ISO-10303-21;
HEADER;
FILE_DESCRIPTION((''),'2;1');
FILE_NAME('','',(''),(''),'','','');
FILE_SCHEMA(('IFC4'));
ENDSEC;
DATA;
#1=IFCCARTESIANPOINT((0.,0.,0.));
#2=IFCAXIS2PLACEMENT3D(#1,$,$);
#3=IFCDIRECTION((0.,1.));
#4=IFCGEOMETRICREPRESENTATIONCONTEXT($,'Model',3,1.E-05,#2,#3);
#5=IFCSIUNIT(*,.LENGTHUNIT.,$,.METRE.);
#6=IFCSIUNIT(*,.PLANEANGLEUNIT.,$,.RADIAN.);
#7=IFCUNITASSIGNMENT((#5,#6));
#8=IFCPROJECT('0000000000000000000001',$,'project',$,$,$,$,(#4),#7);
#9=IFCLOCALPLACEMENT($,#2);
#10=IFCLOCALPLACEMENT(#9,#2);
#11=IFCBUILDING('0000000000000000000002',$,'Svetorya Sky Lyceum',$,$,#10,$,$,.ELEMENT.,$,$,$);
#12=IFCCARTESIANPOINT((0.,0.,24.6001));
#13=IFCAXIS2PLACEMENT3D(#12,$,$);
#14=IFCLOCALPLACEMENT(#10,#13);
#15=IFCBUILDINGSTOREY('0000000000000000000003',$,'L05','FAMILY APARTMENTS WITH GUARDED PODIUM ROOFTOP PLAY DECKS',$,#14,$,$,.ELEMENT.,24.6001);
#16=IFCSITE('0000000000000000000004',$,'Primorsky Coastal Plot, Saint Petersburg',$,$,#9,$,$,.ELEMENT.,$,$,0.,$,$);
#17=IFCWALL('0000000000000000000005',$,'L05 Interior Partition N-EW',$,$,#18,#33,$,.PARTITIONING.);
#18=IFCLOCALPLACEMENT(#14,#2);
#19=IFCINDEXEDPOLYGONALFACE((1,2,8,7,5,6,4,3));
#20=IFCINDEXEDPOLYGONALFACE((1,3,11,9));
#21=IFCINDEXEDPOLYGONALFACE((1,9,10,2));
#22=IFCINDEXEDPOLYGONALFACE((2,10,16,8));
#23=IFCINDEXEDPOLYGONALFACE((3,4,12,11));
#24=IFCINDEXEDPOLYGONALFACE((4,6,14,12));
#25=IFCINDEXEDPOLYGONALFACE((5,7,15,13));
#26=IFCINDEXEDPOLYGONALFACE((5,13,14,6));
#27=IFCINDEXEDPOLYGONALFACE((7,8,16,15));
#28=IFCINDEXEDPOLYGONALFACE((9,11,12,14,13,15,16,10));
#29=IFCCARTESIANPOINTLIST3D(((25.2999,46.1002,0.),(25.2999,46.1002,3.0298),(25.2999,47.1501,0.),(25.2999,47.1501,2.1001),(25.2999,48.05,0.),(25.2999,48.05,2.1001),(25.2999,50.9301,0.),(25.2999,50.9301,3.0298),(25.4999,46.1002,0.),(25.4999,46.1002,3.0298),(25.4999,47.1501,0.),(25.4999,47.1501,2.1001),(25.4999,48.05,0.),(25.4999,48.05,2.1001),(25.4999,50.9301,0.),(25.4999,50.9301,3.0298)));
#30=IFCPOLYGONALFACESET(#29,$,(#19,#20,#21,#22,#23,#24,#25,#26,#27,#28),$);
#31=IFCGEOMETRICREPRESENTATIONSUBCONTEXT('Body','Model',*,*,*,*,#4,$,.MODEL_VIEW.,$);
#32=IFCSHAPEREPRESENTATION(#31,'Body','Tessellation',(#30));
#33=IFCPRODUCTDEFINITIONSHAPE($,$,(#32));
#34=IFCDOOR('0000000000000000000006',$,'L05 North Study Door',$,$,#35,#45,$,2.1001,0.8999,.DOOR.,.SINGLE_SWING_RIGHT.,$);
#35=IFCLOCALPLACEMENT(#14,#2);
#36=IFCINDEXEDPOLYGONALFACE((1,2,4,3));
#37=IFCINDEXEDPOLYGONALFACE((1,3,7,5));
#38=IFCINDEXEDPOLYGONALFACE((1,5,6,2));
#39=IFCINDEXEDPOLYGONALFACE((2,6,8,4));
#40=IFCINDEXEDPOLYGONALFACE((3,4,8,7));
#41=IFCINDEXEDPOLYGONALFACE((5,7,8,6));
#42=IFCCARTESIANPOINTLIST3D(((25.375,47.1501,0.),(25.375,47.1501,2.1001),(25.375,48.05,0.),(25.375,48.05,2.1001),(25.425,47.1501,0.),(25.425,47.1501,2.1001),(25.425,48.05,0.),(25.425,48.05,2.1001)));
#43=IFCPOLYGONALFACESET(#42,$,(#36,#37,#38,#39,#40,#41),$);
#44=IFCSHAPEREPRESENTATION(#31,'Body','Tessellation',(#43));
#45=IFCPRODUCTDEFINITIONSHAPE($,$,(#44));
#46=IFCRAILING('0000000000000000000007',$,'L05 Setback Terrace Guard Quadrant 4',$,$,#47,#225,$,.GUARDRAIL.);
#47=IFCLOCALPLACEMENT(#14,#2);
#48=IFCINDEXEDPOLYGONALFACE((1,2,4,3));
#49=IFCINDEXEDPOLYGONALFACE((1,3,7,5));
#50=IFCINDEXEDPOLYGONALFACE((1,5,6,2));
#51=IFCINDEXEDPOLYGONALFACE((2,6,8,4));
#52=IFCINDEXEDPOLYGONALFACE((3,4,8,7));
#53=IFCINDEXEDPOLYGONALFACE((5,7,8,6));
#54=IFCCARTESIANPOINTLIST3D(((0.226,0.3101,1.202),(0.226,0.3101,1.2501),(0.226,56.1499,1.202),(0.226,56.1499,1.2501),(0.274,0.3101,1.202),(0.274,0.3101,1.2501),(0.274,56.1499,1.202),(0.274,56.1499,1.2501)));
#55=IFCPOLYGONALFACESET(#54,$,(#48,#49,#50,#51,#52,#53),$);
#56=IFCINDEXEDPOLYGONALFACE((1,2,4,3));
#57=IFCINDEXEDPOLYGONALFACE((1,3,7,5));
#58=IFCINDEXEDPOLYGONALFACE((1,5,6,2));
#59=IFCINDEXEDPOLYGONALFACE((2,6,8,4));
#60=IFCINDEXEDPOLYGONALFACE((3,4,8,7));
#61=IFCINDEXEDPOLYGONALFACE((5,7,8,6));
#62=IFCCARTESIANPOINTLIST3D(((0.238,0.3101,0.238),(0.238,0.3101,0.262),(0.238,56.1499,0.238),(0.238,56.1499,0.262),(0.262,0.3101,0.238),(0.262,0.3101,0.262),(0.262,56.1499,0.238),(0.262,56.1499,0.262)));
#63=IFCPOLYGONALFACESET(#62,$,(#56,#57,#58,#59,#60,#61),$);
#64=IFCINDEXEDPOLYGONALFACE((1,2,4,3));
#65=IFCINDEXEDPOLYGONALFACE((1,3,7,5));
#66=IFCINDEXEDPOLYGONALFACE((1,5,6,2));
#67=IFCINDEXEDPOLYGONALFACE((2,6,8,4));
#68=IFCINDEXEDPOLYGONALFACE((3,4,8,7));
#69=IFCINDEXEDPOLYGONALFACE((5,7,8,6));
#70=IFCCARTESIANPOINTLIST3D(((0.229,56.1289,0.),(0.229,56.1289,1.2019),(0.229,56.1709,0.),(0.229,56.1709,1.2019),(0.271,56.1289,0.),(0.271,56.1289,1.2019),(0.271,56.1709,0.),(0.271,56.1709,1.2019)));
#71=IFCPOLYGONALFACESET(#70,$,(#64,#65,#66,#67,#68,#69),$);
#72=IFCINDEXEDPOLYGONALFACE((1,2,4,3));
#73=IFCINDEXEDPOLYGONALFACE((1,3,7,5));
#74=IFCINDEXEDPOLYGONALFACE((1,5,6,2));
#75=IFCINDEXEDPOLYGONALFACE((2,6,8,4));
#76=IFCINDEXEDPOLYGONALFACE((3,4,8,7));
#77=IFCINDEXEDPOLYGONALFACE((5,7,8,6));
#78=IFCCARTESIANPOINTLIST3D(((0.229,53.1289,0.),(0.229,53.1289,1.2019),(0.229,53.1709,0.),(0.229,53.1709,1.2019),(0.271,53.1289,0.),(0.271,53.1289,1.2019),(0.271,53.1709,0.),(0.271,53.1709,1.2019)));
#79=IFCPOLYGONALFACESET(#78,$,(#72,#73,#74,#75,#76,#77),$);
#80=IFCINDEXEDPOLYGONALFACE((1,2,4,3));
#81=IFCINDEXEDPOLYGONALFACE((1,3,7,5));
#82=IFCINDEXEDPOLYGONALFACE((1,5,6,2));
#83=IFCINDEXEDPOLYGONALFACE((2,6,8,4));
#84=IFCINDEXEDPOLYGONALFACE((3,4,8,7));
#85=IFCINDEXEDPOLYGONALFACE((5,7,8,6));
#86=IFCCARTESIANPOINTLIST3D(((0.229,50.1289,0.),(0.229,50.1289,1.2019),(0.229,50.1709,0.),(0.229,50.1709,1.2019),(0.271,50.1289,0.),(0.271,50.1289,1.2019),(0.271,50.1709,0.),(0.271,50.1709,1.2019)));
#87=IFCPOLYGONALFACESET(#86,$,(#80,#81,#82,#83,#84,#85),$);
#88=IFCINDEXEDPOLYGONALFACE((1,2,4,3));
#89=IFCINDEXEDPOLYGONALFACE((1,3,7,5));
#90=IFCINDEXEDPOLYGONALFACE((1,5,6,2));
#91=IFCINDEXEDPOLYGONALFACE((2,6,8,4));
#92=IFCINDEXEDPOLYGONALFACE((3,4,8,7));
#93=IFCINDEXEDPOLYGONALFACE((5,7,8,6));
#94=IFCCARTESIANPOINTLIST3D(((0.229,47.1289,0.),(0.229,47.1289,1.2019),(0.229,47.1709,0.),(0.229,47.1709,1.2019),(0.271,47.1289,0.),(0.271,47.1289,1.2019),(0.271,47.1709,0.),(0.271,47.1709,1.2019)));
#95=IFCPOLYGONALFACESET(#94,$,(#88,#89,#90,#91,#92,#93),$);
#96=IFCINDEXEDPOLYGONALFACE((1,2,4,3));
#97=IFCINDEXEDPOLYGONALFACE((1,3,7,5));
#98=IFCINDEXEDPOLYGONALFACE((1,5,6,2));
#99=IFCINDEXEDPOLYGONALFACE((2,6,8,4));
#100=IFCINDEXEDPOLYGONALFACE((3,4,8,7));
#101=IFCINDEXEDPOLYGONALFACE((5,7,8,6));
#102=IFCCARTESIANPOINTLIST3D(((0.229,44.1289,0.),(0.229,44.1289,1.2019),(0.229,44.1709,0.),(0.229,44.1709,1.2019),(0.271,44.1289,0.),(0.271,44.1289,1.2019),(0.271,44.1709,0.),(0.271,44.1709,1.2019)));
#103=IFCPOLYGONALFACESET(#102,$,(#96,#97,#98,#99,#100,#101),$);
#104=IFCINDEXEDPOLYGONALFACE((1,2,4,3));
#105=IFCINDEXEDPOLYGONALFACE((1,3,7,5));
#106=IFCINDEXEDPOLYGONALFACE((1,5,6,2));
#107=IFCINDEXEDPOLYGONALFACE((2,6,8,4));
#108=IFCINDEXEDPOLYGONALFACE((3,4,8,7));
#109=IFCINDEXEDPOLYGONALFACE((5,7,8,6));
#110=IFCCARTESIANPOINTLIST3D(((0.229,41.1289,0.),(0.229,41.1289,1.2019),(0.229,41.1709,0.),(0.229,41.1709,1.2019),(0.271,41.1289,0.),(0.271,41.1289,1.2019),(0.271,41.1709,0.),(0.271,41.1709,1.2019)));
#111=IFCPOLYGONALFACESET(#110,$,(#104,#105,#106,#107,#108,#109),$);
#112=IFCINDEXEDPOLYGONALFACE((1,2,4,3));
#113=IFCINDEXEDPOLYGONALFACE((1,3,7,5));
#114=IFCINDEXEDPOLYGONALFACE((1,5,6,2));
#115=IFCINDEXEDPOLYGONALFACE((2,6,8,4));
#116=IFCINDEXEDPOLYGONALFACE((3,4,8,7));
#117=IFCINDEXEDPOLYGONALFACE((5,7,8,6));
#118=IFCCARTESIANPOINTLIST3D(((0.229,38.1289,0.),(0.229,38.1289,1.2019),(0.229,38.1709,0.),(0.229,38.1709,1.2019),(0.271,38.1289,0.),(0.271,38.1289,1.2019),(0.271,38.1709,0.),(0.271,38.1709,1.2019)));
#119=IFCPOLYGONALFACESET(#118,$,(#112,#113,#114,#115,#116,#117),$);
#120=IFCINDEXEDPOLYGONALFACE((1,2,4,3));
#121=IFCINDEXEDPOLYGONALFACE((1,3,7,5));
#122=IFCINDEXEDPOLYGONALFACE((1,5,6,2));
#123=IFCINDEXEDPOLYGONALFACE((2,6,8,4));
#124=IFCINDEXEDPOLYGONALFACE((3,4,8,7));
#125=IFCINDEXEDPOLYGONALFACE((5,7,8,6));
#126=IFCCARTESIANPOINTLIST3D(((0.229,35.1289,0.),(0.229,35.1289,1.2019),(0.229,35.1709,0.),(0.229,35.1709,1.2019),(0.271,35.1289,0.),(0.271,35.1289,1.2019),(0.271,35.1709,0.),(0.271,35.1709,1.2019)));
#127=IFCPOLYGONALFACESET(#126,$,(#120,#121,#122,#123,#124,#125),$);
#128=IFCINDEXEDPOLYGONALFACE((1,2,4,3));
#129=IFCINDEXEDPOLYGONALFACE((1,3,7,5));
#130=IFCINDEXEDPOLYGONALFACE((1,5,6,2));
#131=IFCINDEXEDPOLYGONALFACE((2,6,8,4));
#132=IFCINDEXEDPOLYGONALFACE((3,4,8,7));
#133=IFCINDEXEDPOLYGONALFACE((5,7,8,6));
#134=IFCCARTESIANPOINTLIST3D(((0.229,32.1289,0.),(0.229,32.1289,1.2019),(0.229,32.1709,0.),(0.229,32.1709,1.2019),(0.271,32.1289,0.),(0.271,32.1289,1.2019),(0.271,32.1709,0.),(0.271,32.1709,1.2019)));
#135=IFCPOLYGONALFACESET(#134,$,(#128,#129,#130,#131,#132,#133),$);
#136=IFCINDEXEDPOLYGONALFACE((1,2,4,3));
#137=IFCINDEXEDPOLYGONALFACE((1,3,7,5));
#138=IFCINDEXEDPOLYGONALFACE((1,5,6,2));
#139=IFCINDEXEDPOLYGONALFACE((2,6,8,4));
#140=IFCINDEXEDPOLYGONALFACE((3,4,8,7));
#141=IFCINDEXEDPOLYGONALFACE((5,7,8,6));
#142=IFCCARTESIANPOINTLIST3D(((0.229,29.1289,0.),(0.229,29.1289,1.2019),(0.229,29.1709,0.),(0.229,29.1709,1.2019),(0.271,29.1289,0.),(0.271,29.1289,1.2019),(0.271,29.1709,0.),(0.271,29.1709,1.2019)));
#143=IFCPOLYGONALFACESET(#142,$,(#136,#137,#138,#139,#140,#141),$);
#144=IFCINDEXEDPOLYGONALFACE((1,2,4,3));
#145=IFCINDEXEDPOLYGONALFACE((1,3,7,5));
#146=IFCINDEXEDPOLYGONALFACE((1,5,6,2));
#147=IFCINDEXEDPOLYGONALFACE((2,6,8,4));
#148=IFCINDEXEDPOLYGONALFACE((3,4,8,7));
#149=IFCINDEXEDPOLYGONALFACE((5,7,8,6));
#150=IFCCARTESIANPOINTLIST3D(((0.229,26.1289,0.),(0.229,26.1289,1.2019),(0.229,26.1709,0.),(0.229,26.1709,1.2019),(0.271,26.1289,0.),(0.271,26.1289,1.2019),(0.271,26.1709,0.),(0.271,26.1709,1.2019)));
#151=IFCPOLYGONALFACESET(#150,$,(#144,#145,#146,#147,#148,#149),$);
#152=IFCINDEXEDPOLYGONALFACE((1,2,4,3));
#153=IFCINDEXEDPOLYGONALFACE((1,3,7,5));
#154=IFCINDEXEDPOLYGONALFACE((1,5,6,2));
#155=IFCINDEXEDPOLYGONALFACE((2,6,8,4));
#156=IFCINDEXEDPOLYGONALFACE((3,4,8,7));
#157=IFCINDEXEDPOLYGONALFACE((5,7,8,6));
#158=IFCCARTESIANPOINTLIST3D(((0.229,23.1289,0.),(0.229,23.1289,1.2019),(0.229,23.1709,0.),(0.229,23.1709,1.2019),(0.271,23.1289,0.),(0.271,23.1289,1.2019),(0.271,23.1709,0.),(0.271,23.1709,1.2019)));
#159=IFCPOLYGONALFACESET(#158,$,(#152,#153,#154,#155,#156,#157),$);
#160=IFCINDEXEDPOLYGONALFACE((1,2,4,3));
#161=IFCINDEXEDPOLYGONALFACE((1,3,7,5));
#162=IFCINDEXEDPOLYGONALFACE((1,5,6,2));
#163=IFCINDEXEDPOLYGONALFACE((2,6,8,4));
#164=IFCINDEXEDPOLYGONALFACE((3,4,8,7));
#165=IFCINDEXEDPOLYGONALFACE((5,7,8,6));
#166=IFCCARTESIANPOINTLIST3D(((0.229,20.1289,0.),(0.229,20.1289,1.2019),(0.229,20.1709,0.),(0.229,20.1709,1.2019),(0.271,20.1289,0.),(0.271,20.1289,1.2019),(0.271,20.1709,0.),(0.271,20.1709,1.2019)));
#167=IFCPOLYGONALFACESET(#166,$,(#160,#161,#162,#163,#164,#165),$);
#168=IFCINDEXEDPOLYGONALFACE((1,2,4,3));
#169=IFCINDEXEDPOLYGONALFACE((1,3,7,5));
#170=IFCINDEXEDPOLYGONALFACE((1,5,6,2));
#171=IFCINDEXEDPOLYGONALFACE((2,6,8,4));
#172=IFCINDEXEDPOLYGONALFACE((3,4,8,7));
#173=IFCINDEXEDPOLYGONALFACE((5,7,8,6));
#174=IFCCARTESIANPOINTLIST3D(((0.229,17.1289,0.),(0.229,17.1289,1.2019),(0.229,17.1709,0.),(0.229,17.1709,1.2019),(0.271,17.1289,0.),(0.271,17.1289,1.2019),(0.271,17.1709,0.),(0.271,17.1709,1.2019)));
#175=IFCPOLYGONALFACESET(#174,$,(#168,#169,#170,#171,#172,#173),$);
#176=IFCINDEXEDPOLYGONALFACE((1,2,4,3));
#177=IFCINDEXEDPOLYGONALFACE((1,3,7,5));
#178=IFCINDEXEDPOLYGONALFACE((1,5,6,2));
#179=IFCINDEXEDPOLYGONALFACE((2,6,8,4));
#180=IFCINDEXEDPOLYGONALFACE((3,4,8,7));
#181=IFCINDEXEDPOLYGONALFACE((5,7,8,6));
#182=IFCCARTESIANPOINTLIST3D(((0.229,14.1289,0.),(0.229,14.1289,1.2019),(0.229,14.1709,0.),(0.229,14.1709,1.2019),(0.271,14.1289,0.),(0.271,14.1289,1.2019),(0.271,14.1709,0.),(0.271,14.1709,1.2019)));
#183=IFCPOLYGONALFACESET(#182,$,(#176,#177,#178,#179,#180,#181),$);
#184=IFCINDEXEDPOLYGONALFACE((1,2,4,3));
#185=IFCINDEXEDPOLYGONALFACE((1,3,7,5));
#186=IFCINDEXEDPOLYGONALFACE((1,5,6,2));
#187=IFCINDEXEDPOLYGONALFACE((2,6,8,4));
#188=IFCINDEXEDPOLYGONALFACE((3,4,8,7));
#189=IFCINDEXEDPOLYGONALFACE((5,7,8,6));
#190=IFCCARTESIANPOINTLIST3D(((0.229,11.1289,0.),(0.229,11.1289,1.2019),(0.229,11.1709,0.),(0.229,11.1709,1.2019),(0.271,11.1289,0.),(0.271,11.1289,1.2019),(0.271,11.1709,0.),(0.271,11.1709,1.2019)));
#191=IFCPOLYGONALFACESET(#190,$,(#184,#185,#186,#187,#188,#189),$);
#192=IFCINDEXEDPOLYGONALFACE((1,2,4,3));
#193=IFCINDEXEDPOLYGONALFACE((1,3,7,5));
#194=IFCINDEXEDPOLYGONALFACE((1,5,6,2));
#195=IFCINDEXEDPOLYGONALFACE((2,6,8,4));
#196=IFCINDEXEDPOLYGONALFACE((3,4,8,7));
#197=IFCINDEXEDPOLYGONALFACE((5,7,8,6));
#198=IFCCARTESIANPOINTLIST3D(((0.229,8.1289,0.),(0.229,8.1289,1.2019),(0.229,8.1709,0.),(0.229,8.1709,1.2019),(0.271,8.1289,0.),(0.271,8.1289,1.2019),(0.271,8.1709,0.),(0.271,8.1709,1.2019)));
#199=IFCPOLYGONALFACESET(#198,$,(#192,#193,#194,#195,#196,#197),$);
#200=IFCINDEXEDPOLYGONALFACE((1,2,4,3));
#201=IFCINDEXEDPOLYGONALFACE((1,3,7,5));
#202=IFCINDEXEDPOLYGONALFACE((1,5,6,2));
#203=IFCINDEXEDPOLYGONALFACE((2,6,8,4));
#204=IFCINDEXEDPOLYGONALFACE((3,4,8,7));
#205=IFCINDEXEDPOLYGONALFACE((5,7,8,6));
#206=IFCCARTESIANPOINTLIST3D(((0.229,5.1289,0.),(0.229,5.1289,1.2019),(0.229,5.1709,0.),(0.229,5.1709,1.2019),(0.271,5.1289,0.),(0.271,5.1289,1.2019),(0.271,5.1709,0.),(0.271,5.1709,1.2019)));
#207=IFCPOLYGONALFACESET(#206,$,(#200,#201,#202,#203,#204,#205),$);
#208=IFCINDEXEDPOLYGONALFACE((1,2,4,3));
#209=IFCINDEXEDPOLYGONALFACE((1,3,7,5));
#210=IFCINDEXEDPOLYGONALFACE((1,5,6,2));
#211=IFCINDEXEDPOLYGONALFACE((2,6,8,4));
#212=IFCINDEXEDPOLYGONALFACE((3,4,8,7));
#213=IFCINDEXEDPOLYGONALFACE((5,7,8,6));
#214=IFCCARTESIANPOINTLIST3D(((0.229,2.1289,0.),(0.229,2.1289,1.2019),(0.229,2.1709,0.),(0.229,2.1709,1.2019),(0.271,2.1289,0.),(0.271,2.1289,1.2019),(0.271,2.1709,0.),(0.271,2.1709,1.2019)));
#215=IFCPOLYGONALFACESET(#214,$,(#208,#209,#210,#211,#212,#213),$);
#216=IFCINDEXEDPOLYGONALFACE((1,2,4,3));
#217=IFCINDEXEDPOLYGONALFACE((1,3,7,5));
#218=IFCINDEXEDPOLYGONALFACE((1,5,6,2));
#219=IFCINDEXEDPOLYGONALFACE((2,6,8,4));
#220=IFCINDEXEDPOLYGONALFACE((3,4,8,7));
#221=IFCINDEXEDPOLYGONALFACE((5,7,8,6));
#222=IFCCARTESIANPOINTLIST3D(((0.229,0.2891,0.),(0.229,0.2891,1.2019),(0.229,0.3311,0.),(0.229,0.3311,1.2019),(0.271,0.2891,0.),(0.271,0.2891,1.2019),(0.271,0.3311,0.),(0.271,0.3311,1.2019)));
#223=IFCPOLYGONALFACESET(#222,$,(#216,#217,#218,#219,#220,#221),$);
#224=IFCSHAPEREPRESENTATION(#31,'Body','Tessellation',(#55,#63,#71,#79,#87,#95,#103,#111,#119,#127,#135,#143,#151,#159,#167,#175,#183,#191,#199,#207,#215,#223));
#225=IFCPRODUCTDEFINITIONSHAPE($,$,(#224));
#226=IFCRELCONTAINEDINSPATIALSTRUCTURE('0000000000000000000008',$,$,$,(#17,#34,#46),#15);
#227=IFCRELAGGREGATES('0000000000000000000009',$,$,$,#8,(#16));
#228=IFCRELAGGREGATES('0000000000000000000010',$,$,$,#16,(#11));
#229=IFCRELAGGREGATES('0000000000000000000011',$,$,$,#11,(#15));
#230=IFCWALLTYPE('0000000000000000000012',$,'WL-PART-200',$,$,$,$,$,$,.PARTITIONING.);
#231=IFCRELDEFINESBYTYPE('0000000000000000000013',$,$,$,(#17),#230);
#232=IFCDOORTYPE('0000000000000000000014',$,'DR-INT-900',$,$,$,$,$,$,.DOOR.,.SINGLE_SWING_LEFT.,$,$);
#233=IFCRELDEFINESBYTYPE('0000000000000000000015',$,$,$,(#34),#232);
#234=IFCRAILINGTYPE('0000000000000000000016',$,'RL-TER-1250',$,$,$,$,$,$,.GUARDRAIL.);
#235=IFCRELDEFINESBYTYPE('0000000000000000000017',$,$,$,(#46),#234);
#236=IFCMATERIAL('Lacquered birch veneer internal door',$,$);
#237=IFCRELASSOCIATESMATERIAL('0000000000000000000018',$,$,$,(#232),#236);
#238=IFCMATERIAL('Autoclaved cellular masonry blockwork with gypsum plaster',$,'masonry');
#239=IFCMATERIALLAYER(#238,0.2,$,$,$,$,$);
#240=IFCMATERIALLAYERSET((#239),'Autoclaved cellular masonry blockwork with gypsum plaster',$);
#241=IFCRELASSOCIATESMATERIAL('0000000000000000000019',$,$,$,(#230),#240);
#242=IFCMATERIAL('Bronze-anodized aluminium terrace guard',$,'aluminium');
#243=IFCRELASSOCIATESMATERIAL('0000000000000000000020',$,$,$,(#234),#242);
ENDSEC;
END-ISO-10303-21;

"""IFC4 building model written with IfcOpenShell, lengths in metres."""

from ifc_helpers import new_model, si_unit, direction, frame, frame_2d, origin, origin_2d, place, context, subcontext, project, spatial, rectangle, extrude, material, layer, layer_set, type_object, element, fill, save


model = new_model("IFC4")

# Units and contexts
model_context = context("Model", 3, precision=1e-05, world=origin(), true_north=direction((0.0, 1.0)))
body_context = subcontext(model_context, "Body", "Model", "MODEL_VIEW")
ifc_project = project(units=[si_unit("LENGTHUNIT", "METRE"), si_unit("PLANEANGLEUNIT", "RADIAN")], contexts=[model_context])

# Site, building, storey
site_placement = place(None, origin())
site = spatial("IfcSite", under=ifc_project, at=site_placement, Name="Primorsky Coastal Plot, Saint Petersburg", CompositionType="ELEMENT", RefElevation=0.0)
building_placement = place(site_placement, origin())
building = spatial("IfcBuilding", under=site, at=building_placement, Name="Svetorya Sky Lyceum", CompositionType="ELEMENT")
storey_placement = place(building_placement, frame((0.0, 0.0, 24.6001)))
storey = spatial("IfcBuildingStorey", under=building, at=storey_placement, Name="L05", Description="FAMILY APARTMENTS WITH GUARDED PODIUM ROOFTOP PLAY DECKS", CompositionType="ELEMENT", Elevation=24.6001)

# Shared definitions
ifc_material_1 = material(Name="Lacquered birch veneer internal door")
door_type = type_object("IfcDoorType", Name="DR-INT-900", OperationType="SINGLE_SWING_LEFT", PredefinedType="DOOR", material=ifc_material_1)

# Shared definitions
ifc_material_2 = material(Name="Autoclaved cellular masonry blockwork with gypsum plaster", Category="masonry")
ifc_layer_1 = layer(ifc_material_2, 0.2)
ifc_layer_set_1 = layer_set([ifc_layer_1], Name="Autoclaved cellular masonry blockwork with gypsum plaster")
wall_type_1 = type_object("IfcWallType", Name="WL-PART-200", PredefinedType="PARTITIONING", material=ifc_layer_set_1)

# Wall, opening, door
wall_1_placement = place(storey_placement, frame((25.3999, 46.1001, 0.0), z_axis=(0.0, 0.0, 1.0), x_axis=(0.0, 1.0, 0.0)))
wall_1 = element("IfcWall", 1, at=wall_1_placement, inside=storey, type_object=wall_type_1, Name="L05 Interior Partition N-EW", PredefinedType="PARTITIONING", context=body_context, shape_type="SweptSolid", body=[
    extrude(rectangle(XDim=4.8298, YDim=0.2, at=frame_2d((2.415, 0.0))), origin(), (0.0, 0.0, 1.0), 3.0298),
])
opening_1_placement = place(wall_1_placement, frame((1.05, 0.0, 0.0)))
opening_1 = element("IfcOpeningElement", 2, at=opening_1_placement, cuts=wall_1, PredefinedType="OPENING", context=body_context, shape_type="SweptSolid", body=[
    extrude(rectangle(XDim=0.8999, YDim=2.1001, at=frame_2d((0.45, 1.05))), frame((0.0, 0.1099, 0.0), z_axis=(0.0, -1.0, 0.0), x_axis=(1.0, 0.0, 0.0)), (0.0, 0.0, 1.0), 0.22),
])
door_1_placement = place(opening_1_placement, origin())
door_1 = element("IfcDoor", 3, at=door_1_placement, inside=storey, type_object=door_type, Name="L05 North Study Door", OperationType="SINGLE_SWING_RIGHT", OverallHeight=2.1001, OverallWidth=0.8999, PredefinedType="DOOR", context=body_context, shape_type="SweptSolid", body=[
    extrude(rectangle(XDim=0.8999, YDim=2.1001, at=frame_2d((0.45, 1.05))), frame((0.0, 0.0249, 0.0), z_axis=(0.0, -1.0, 0.0), x_axis=(1.0, 0.0, 0.0)), (0.0, 0.0, 1.0), 0.05),
])
fill(opening_1, door_1)

# Railing
ifc_material_3 = material(Name="Bronze-anodized aluminium terrace guard", Category="aluminium")
railing_type = type_object("IfcRailingType", Name="RL-TER-1250", PredefinedType="GUARDRAIL", material=ifc_material_3)
railing_placement = place(storey_placement, frame((0.25, 56.1499, 0.0)))
element("IfcRailing", 4, at=railing_placement, inside=storey, type_object=railing_type, Name="L05 Setback Terrace Guard Quadrant 4", PredefinedType="GUARDRAIL", context=body_context, shape_type="SweptSolid", body=[
    extrude(rectangle(XDim=0.0481, YDim=0.0481, at=origin_2d()), frame((0.0, 0.0, 1.2261), z_axis=(0.0, -1.0, 0.0), x_axis=(1.0, 0.0, 0.0)), (0.0, 0.0, 1.0), 55.8398),
    extrude(rectangle(XDim=0.0239, YDim=0.0239, at=origin_2d()), frame((0.0, 0.0, 0.25), z_axis=(0.0, -1.0, 0.0), x_axis=(1.0, 0.0, 0.0)), (0.0, 0.0, 1.0), 55.8398),
    extrude(rectangle(XDim=0.042, YDim=0.042, at=origin_2d()), origin(), (0.0, 0.0, 1.0), 1.2019),
    extrude(rectangle(XDim=0.042, YDim=0.042, at=origin_2d()), frame((0.0, -3.0, 0.0)), (0.0, 0.0, 1.0), 1.2019),
    extrude(rectangle(XDim=0.042, YDim=0.042, at=origin_2d()), frame((0.0, -6.0, 0.0)), (0.0, 0.0, 1.0), 1.2019),
    extrude(rectangle(XDim=0.042, YDim=0.042, at=origin_2d()), frame((0.0, -9.0, 0.0)), (0.0, 0.0, 1.0), 1.2019),
    extrude(rectangle(XDim=0.042, YDim=0.042, at=origin_2d()), frame((0.0, -12.0, 0.0)), (0.0, 0.0, 1.0), 1.2019),
    extrude(rectangle(XDim=0.042, YDim=0.042, at=origin_2d()), frame((0.0, -15.0, 0.0)), (0.0, 0.0, 1.0), 1.2019),
    extrude(rectangle(XDim=0.042, YDim=0.042, at=origin_2d()), frame((0.0, -18.0, 0.0)), (0.0, 0.0, 1.0), 1.2019),
    extrude(rectangle(XDim=0.042, YDim=0.042, at=origin_2d()), frame((0.0, -21.0, 0.0)), (0.0, 0.0, 1.0), 1.2019),
    extrude(rectangle(XDim=0.042, YDim=0.042, at=origin_2d()), frame((0.0, -24.0, 0.0)), (0.0, 0.0, 1.0), 1.2019),
    extrude(rectangle(XDim=0.042, YDim=0.042, at=origin_2d()), frame((0.0, -27.0, 0.0)), (0.0, 0.0, 1.0), 1.2019),
    extrude(rectangle(XDim=0.042, YDim=0.042, at=origin_2d()), frame((0.0, -30.0, 0.0)), (0.0, 0.0, 1.0), 1.2019),
    extrude(rectangle(XDim=0.042, YDim=0.042, at=origin_2d()), frame((0.0, -33.0, 0.0)), (0.0, 0.0, 1.0), 1.2019),
    extrude(rectangle(XDim=0.042, YDim=0.042, at=origin_2d()), frame((0.0, -36.0, 0.0)), (0.0, 0.0, 1.0), 1.2019),
    extrude(rectangle(XDim=0.042, YDim=0.042, at=origin_2d()), frame((0.0, -39.0, 0.0)), (0.0, 0.0, 1.0), 1.2019),
    extrude(rectangle(XDim=0.042, YDim=0.042, at=origin_2d()), frame((0.0, -42.0, 0.0)), (0.0, 0.0, 1.0), 1.2019),
    extrude(rectangle(XDim=0.042, YDim=0.042, at=origin_2d()), frame((0.0, -45.0, 0.0)), (0.0, 0.0, 1.0), 1.2019),
    extrude(rectangle(XDim=0.042, YDim=0.042, at=origin_2d()), frame((0.0, -48.0, 0.0)), (0.0, 0.0, 1.0), 1.2019),
    extrude(rectangle(XDim=0.042, YDim=0.042, at=origin_2d()), frame((0.0, -51.0, 0.0)), (0.0, 0.0, 1.0), 1.2019),
    extrude(rectangle(XDim=0.042, YDim=0.042, at=origin_2d()), frame((0.0, -54.0, 0.0)), (0.0, 0.0, 1.0), 1.2019),
    extrude(rectangle(XDim=0.042, YDim=0.042, at=origin_2d()), frame((0.0, -55.8398, 0.0)), (0.0, 0.0, 1.0), 1.2019),
])

save(model, "model.ifc")
